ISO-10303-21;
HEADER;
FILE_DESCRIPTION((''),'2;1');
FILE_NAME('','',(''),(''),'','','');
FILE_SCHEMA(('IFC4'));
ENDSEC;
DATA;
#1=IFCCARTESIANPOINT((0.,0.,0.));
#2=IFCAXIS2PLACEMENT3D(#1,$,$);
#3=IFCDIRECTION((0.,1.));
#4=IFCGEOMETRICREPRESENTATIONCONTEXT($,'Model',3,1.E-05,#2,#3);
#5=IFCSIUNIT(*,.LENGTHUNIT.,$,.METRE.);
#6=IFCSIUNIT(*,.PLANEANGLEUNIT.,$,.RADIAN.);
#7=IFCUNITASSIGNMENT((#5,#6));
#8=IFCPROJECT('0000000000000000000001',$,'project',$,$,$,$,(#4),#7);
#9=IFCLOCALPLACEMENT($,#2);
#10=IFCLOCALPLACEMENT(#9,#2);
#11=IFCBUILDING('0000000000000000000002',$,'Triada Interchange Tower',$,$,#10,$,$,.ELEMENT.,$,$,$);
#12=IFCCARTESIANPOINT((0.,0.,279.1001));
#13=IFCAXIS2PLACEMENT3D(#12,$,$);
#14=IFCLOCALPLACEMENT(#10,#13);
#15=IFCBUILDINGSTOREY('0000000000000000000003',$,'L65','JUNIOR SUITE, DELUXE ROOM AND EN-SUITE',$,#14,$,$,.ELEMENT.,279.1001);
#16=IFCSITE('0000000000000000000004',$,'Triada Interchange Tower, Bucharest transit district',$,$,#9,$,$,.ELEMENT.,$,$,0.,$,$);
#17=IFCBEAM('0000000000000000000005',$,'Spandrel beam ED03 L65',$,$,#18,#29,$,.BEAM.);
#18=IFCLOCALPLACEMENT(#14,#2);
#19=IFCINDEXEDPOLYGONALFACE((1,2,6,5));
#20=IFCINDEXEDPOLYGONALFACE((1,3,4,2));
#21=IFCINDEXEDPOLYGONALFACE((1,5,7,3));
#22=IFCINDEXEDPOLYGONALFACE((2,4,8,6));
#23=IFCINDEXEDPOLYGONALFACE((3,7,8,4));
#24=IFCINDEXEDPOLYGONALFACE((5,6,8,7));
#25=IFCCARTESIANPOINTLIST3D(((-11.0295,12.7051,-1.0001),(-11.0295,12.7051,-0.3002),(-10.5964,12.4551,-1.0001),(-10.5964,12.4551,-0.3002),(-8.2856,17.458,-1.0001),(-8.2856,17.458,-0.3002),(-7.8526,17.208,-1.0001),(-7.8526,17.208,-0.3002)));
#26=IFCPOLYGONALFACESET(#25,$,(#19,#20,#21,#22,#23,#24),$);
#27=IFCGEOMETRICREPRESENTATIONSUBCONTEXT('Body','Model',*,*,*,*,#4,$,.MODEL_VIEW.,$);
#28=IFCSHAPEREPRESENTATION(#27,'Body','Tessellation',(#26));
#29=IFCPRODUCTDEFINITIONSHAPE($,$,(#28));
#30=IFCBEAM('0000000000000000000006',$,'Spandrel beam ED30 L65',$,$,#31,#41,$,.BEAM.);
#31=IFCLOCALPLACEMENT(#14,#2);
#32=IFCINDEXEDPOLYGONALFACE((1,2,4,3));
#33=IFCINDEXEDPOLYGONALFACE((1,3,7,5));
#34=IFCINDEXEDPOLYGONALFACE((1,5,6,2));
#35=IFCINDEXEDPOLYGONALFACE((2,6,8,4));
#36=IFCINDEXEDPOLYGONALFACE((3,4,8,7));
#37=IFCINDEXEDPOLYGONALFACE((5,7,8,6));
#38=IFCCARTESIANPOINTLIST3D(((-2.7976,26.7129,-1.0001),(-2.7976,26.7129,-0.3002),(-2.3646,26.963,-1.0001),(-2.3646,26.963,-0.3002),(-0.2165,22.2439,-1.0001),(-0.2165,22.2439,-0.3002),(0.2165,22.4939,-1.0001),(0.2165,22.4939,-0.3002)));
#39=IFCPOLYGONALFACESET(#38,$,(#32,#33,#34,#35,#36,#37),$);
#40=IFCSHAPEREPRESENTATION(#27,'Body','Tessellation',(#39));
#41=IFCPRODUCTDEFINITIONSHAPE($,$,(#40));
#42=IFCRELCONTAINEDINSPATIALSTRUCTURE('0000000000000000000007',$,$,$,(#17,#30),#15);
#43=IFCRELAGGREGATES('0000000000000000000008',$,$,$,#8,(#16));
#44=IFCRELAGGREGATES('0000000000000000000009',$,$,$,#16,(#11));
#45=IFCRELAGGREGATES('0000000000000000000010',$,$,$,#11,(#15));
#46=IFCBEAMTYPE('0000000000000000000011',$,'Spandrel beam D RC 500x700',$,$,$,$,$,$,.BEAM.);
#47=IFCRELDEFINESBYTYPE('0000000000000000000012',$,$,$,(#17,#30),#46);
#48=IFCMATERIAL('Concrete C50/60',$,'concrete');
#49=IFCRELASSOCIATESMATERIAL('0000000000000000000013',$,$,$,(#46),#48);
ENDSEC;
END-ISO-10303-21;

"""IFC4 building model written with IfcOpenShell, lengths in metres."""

from ifc_helpers import new_model, si_unit, direction, frame, origin, origin_2d, place, context, subcontext, project, spatial, rectangle, extrude, material, material_profile, profile_set, type_object, element, save


model = new_model("IFC4")

# Units and contexts
model_context = context("Model", 3, precision=1e-05, world=origin(), true_north=direction((0.0, 1.0)))
body_context = subcontext(model_context, "Body", "Model", "MODEL_VIEW")
ifc_project = project(units=[si_unit("LENGTHUNIT", "METRE"), si_unit("PLANEANGLEUNIT", "RADIAN")], contexts=[model_context])

# Site, building, storey
site_placement = place(None, origin())
site = spatial("IfcSite", under=ifc_project, at=site_placement, Name="Triada Interchange Tower, Bucharest transit district", CompositionType="ELEMENT", RefElevation=0.0)
building_placement = place(site_placement, origin())
building = spatial("IfcBuilding", under=site, at=building_placement, Name="Triada Interchange Tower", CompositionType="ELEMENT")
storey_placement = place(building_placement, frame((0.0, 0.0, 279.1001)))
storey = spatial("IfcBuildingStorey", under=building, at=storey_placement, Name="L65", Description="JUNIOR SUITE, DELUXE ROOM AND EN-SUITE", CompositionType="ELEMENT", Elevation=279.1001)

# Beams
ifc_material_1 = material(Name="Concrete C50/60", Category="concrete")
ifc_material_profile_1 = material_profile(ifc_material_1, rectangle(XDim=0.5, YDim=0.7, at=origin_2d()), Name="RC 500x700")
ifc_profile_set_1 = profile_set([ifc_material_profile_1], Name="Concrete C50/60")
beam_type_1 = type_object("IfcBeamType", Name="Spandrel beam D RC 500x700", PredefinedType="BEAM", material=ifc_profile_set_1)
beam_1_placement = place(storey_placement, frame((-8.0691, 17.333, -0.6501), z_axis=(-0.499971, -0.866042, 0.0), x_axis=(0.866042, -0.499971, 0.0)))
element("IfcBeam", 1, at=beam_1_placement, inside=storey, type_object=beam_type_1, Name="Spandrel beam ED03 L65", PredefinedType="BEAM", context=body_context, shape_type="SweptSolid", body=[
    extrude(rectangle(XDim=0.5, YDim=0.7, at=origin_2d()), origin(), (0.0, 0.0, 1.0), 5.488),
])
beam_2_placement = place(storey_placement, frame((0.0, 22.3689, -0.6501), z_axis=(-0.500128, 0.865952, 0.0), x_axis=(-0.865952, -0.500128, 0.0)))
element("IfcBeam", 2, at=beam_2_placement, inside=storey, type_object=beam_type_1, Name="Spandrel beam ED30 L65", PredefinedType="BEAM", context=body_context, shape_type="SweptSolid", body=[
    extrude(rectangle(XDim=0.5, YDim=0.7, at=origin_2d()), origin(), (0.0, 0.0, 1.0), 5.1609),
])

save(model, "model.ifc")
